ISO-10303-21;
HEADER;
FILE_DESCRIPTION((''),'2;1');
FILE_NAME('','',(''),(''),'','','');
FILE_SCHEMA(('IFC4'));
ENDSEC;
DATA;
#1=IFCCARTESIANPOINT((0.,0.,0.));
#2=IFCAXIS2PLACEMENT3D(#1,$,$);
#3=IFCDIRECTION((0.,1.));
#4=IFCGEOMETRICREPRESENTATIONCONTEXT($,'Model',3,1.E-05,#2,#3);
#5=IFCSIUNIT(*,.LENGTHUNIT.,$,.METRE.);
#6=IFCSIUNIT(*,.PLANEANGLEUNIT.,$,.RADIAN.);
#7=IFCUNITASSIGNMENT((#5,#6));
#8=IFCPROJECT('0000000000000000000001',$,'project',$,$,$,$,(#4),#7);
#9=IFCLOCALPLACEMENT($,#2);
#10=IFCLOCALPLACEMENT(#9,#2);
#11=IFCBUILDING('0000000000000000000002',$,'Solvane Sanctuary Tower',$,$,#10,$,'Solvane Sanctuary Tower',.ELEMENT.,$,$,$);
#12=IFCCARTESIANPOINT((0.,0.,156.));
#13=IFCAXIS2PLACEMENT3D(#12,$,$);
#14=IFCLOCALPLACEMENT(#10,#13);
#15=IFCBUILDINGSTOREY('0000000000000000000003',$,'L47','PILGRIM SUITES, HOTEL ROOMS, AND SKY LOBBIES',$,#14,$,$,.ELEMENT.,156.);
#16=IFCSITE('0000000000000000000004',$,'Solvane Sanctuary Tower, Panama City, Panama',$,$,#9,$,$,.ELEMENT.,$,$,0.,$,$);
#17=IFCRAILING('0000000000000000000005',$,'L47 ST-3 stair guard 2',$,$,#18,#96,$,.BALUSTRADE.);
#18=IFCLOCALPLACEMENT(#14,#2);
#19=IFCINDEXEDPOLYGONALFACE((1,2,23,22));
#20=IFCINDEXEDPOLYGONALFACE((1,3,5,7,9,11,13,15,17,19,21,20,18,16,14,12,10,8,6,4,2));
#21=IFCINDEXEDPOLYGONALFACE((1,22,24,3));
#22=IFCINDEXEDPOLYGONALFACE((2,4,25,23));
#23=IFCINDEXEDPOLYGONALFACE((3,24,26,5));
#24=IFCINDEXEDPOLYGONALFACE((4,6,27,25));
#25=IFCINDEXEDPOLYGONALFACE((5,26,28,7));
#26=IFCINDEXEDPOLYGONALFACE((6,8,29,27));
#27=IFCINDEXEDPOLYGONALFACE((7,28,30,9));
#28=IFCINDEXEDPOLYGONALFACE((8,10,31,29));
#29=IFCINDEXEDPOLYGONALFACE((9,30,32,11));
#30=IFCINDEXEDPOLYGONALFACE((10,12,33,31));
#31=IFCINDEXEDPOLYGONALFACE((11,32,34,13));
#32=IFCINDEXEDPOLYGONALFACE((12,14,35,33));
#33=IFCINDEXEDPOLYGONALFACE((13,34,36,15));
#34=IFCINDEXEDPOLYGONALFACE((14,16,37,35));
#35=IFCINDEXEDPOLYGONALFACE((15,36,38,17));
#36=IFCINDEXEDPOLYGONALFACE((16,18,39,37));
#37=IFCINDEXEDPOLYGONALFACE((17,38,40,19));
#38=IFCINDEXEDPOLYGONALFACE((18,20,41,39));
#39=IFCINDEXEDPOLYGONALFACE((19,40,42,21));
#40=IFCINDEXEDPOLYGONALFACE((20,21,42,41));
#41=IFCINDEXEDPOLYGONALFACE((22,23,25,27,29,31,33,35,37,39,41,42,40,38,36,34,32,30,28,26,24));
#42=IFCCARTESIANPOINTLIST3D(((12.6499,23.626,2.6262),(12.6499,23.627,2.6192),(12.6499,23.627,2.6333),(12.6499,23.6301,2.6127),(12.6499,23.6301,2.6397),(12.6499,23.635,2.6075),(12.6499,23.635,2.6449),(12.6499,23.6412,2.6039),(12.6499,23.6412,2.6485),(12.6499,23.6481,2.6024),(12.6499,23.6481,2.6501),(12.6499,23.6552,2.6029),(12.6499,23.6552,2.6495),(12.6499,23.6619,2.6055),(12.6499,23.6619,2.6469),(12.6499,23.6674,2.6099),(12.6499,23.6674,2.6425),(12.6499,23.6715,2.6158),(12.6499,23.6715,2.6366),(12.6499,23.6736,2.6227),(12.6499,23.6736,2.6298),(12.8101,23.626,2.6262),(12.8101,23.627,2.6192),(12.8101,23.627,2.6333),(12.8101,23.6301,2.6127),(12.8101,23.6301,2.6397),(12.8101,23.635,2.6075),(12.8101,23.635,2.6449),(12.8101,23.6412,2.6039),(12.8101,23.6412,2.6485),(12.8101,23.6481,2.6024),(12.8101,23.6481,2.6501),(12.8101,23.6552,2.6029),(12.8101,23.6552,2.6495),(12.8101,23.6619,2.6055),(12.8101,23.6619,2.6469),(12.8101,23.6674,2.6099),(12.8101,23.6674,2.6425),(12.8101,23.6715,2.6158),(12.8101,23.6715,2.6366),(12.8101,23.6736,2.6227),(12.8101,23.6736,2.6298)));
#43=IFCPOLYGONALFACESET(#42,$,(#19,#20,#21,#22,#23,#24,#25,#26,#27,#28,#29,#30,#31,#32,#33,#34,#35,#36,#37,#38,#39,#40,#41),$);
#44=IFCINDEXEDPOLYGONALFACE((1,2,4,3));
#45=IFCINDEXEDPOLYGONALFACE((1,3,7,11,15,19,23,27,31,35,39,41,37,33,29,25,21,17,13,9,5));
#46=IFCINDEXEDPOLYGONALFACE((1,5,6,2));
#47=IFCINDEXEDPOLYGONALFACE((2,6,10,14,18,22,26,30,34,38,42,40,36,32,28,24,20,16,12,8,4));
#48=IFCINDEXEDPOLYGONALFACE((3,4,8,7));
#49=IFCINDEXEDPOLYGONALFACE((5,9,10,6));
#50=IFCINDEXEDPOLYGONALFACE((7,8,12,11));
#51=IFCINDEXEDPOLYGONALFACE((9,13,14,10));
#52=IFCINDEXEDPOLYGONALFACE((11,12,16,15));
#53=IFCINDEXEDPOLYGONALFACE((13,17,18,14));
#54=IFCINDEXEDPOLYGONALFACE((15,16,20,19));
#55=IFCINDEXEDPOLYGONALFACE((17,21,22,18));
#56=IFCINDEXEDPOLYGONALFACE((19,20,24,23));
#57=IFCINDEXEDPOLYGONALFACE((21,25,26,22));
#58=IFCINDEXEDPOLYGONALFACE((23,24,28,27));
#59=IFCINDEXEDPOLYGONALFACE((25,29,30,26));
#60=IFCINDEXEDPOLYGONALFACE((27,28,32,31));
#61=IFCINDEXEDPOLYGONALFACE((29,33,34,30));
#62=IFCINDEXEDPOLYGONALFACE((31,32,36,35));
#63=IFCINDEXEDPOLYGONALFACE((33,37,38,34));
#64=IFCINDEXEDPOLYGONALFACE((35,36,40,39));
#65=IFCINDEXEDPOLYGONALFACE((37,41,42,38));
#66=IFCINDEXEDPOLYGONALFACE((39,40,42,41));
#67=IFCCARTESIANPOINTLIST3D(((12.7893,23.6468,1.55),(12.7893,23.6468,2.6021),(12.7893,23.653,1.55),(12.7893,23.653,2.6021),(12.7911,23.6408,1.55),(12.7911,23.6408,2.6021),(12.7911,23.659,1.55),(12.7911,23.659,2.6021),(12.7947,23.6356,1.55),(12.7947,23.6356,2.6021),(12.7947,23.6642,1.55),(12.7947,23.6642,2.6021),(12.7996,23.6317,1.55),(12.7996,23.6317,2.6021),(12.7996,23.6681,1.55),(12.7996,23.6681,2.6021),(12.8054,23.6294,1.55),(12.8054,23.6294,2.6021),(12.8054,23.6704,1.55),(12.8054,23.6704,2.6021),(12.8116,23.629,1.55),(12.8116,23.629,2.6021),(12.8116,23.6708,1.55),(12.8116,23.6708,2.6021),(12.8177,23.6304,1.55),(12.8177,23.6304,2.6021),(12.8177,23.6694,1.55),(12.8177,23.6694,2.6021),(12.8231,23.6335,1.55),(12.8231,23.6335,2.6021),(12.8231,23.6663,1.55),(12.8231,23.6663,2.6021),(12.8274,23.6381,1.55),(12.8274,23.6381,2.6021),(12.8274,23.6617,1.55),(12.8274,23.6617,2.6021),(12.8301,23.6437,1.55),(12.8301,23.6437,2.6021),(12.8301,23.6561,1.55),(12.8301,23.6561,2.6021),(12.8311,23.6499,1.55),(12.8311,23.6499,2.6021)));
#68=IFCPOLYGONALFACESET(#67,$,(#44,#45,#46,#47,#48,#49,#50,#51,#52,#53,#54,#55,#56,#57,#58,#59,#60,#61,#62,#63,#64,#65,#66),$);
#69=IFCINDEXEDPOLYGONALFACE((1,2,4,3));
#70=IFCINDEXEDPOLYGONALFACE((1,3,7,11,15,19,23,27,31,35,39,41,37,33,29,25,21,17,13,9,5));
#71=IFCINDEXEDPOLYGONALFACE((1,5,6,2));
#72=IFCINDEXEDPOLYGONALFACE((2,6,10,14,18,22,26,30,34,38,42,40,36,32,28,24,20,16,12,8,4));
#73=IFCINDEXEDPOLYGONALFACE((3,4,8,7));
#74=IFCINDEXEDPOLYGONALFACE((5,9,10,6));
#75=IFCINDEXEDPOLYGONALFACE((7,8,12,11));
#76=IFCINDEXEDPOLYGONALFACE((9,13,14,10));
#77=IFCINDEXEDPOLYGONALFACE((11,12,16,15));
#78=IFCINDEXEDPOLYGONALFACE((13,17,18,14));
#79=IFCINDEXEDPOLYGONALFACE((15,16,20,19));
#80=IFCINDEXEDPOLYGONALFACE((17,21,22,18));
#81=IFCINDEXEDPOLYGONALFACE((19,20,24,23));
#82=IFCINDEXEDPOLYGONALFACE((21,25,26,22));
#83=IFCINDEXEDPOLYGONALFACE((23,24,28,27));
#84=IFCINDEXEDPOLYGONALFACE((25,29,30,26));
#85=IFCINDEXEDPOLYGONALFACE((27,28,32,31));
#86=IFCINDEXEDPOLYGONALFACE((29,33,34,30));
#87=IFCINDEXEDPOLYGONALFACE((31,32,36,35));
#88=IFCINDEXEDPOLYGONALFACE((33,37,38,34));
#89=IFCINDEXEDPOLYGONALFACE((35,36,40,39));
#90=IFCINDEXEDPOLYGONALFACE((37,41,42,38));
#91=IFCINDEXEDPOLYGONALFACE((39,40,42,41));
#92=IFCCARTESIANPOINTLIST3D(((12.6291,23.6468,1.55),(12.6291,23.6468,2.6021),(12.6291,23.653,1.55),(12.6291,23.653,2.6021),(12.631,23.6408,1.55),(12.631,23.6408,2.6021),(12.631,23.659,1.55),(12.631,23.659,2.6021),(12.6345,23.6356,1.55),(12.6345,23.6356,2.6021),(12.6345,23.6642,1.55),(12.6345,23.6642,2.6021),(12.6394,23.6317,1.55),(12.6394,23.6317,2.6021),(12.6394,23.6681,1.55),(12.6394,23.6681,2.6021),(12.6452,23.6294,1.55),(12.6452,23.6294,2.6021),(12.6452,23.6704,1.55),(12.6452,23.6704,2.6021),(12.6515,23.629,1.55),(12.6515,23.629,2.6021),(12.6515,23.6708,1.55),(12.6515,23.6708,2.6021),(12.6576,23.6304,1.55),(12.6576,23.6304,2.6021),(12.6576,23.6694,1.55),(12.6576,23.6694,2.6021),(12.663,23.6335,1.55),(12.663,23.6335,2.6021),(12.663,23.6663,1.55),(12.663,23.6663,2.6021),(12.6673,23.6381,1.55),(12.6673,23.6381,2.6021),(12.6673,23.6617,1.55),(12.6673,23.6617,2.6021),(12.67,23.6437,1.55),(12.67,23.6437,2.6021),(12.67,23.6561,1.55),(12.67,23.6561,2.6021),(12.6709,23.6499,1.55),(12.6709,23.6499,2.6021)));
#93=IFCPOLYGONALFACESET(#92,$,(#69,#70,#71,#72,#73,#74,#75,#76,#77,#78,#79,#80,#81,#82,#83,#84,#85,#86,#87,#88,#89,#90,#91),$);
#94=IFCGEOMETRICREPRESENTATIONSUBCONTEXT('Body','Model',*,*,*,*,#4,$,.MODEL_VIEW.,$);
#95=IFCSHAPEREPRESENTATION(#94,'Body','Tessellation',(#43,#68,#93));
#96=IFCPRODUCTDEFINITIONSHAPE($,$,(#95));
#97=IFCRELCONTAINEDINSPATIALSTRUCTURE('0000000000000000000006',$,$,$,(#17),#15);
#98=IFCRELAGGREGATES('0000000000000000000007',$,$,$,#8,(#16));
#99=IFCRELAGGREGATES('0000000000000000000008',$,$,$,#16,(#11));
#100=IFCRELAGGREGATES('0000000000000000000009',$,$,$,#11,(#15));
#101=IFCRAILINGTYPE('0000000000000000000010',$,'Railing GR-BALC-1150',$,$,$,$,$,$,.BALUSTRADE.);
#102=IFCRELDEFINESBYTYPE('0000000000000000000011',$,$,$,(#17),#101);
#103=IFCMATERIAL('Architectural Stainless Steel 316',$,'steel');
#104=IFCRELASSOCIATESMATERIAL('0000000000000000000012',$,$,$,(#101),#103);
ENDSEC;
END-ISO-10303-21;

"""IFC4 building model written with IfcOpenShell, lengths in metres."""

from ifc_helpers import new_model, si_unit, direction, frame, origin, origin_2d, place, context, subcontext, project, spatial, circle, extrude, material, type_object, element, save


model = new_model("IFC4")

# Units and contexts
model_context = context("Model", 3, precision=1e-05, world=origin(), true_north=direction((0.0, 1.0)))
body_context = subcontext(model_context, "Body", "Model", "MODEL_VIEW")
ifc_project = project(units=[si_unit("LENGTHUNIT", "METRE"), si_unit("PLANEANGLEUNIT", "RADIAN")], contexts=[model_context])

# Site, building, storey
site_placement = place(None, origin())
site = spatial("IfcSite", under=ifc_project, at=site_placement, Name="Solvane Sanctuary Tower, Panama City, Panama", CompositionType="ELEMENT", RefElevation=0.0)
building_placement = place(site_placement, origin())
building = spatial("IfcBuilding", under=site, at=building_placement, Name="Solvane Sanctuary Tower", LongName="Solvane Sanctuary Tower", CompositionType="ELEMENT")
storey_placement = place(building_placement, frame((0.0, 0.0, 156.0)))
storey = spatial("IfcBuildingStorey", under=building, at=storey_placement, Name="L47", Description="PILGRIM SUITES, HOTEL ROOMS, AND SKY LOBBIES", CompositionType="ELEMENT", Elevation=156.0)

# Shared definitions
ifc_material_1 = material(Name="Architectural Stainless Steel 316", Category="steel")

# Railing
railing_type_1 = type_object("IfcRailingType", Name="Railing GR-BALC-1150", PredefinedType="BALUSTRADE", material=ifc_material_1)
railing_1_placement = place(storey_placement, frame((12.8101, 23.6499, 1.55)))
element("IfcRailing", 1, at=railing_1_placement, inside=storey, type_object=railing_type_1, Name="L47 ST-3 stair guard 2", PredefinedType="BALUSTRADE", context=body_context, shape_type="SweptSolid", body=[
    extrude(circle(Radius=0.0239, at=origin_2d()), frame((0.0, 0.0, 1.0762), z_axis=(-1.0, 0.0, 0.0), x_axis=(0.0, -1.0, 0.0)), (0.0, 0.0, 1.0), 0.1602),
    extrude(circle(Radius=0.021, at=origin_2d()), origin(), (0.0, 0.0, 1.0), 1.052),
    extrude(circle(Radius=0.021, at=origin_2d()), frame((-0.1602, 0.0, 0.0)), (0.0, 0.0, 1.0), 1.052),
])

save(model, "model.ifc")
